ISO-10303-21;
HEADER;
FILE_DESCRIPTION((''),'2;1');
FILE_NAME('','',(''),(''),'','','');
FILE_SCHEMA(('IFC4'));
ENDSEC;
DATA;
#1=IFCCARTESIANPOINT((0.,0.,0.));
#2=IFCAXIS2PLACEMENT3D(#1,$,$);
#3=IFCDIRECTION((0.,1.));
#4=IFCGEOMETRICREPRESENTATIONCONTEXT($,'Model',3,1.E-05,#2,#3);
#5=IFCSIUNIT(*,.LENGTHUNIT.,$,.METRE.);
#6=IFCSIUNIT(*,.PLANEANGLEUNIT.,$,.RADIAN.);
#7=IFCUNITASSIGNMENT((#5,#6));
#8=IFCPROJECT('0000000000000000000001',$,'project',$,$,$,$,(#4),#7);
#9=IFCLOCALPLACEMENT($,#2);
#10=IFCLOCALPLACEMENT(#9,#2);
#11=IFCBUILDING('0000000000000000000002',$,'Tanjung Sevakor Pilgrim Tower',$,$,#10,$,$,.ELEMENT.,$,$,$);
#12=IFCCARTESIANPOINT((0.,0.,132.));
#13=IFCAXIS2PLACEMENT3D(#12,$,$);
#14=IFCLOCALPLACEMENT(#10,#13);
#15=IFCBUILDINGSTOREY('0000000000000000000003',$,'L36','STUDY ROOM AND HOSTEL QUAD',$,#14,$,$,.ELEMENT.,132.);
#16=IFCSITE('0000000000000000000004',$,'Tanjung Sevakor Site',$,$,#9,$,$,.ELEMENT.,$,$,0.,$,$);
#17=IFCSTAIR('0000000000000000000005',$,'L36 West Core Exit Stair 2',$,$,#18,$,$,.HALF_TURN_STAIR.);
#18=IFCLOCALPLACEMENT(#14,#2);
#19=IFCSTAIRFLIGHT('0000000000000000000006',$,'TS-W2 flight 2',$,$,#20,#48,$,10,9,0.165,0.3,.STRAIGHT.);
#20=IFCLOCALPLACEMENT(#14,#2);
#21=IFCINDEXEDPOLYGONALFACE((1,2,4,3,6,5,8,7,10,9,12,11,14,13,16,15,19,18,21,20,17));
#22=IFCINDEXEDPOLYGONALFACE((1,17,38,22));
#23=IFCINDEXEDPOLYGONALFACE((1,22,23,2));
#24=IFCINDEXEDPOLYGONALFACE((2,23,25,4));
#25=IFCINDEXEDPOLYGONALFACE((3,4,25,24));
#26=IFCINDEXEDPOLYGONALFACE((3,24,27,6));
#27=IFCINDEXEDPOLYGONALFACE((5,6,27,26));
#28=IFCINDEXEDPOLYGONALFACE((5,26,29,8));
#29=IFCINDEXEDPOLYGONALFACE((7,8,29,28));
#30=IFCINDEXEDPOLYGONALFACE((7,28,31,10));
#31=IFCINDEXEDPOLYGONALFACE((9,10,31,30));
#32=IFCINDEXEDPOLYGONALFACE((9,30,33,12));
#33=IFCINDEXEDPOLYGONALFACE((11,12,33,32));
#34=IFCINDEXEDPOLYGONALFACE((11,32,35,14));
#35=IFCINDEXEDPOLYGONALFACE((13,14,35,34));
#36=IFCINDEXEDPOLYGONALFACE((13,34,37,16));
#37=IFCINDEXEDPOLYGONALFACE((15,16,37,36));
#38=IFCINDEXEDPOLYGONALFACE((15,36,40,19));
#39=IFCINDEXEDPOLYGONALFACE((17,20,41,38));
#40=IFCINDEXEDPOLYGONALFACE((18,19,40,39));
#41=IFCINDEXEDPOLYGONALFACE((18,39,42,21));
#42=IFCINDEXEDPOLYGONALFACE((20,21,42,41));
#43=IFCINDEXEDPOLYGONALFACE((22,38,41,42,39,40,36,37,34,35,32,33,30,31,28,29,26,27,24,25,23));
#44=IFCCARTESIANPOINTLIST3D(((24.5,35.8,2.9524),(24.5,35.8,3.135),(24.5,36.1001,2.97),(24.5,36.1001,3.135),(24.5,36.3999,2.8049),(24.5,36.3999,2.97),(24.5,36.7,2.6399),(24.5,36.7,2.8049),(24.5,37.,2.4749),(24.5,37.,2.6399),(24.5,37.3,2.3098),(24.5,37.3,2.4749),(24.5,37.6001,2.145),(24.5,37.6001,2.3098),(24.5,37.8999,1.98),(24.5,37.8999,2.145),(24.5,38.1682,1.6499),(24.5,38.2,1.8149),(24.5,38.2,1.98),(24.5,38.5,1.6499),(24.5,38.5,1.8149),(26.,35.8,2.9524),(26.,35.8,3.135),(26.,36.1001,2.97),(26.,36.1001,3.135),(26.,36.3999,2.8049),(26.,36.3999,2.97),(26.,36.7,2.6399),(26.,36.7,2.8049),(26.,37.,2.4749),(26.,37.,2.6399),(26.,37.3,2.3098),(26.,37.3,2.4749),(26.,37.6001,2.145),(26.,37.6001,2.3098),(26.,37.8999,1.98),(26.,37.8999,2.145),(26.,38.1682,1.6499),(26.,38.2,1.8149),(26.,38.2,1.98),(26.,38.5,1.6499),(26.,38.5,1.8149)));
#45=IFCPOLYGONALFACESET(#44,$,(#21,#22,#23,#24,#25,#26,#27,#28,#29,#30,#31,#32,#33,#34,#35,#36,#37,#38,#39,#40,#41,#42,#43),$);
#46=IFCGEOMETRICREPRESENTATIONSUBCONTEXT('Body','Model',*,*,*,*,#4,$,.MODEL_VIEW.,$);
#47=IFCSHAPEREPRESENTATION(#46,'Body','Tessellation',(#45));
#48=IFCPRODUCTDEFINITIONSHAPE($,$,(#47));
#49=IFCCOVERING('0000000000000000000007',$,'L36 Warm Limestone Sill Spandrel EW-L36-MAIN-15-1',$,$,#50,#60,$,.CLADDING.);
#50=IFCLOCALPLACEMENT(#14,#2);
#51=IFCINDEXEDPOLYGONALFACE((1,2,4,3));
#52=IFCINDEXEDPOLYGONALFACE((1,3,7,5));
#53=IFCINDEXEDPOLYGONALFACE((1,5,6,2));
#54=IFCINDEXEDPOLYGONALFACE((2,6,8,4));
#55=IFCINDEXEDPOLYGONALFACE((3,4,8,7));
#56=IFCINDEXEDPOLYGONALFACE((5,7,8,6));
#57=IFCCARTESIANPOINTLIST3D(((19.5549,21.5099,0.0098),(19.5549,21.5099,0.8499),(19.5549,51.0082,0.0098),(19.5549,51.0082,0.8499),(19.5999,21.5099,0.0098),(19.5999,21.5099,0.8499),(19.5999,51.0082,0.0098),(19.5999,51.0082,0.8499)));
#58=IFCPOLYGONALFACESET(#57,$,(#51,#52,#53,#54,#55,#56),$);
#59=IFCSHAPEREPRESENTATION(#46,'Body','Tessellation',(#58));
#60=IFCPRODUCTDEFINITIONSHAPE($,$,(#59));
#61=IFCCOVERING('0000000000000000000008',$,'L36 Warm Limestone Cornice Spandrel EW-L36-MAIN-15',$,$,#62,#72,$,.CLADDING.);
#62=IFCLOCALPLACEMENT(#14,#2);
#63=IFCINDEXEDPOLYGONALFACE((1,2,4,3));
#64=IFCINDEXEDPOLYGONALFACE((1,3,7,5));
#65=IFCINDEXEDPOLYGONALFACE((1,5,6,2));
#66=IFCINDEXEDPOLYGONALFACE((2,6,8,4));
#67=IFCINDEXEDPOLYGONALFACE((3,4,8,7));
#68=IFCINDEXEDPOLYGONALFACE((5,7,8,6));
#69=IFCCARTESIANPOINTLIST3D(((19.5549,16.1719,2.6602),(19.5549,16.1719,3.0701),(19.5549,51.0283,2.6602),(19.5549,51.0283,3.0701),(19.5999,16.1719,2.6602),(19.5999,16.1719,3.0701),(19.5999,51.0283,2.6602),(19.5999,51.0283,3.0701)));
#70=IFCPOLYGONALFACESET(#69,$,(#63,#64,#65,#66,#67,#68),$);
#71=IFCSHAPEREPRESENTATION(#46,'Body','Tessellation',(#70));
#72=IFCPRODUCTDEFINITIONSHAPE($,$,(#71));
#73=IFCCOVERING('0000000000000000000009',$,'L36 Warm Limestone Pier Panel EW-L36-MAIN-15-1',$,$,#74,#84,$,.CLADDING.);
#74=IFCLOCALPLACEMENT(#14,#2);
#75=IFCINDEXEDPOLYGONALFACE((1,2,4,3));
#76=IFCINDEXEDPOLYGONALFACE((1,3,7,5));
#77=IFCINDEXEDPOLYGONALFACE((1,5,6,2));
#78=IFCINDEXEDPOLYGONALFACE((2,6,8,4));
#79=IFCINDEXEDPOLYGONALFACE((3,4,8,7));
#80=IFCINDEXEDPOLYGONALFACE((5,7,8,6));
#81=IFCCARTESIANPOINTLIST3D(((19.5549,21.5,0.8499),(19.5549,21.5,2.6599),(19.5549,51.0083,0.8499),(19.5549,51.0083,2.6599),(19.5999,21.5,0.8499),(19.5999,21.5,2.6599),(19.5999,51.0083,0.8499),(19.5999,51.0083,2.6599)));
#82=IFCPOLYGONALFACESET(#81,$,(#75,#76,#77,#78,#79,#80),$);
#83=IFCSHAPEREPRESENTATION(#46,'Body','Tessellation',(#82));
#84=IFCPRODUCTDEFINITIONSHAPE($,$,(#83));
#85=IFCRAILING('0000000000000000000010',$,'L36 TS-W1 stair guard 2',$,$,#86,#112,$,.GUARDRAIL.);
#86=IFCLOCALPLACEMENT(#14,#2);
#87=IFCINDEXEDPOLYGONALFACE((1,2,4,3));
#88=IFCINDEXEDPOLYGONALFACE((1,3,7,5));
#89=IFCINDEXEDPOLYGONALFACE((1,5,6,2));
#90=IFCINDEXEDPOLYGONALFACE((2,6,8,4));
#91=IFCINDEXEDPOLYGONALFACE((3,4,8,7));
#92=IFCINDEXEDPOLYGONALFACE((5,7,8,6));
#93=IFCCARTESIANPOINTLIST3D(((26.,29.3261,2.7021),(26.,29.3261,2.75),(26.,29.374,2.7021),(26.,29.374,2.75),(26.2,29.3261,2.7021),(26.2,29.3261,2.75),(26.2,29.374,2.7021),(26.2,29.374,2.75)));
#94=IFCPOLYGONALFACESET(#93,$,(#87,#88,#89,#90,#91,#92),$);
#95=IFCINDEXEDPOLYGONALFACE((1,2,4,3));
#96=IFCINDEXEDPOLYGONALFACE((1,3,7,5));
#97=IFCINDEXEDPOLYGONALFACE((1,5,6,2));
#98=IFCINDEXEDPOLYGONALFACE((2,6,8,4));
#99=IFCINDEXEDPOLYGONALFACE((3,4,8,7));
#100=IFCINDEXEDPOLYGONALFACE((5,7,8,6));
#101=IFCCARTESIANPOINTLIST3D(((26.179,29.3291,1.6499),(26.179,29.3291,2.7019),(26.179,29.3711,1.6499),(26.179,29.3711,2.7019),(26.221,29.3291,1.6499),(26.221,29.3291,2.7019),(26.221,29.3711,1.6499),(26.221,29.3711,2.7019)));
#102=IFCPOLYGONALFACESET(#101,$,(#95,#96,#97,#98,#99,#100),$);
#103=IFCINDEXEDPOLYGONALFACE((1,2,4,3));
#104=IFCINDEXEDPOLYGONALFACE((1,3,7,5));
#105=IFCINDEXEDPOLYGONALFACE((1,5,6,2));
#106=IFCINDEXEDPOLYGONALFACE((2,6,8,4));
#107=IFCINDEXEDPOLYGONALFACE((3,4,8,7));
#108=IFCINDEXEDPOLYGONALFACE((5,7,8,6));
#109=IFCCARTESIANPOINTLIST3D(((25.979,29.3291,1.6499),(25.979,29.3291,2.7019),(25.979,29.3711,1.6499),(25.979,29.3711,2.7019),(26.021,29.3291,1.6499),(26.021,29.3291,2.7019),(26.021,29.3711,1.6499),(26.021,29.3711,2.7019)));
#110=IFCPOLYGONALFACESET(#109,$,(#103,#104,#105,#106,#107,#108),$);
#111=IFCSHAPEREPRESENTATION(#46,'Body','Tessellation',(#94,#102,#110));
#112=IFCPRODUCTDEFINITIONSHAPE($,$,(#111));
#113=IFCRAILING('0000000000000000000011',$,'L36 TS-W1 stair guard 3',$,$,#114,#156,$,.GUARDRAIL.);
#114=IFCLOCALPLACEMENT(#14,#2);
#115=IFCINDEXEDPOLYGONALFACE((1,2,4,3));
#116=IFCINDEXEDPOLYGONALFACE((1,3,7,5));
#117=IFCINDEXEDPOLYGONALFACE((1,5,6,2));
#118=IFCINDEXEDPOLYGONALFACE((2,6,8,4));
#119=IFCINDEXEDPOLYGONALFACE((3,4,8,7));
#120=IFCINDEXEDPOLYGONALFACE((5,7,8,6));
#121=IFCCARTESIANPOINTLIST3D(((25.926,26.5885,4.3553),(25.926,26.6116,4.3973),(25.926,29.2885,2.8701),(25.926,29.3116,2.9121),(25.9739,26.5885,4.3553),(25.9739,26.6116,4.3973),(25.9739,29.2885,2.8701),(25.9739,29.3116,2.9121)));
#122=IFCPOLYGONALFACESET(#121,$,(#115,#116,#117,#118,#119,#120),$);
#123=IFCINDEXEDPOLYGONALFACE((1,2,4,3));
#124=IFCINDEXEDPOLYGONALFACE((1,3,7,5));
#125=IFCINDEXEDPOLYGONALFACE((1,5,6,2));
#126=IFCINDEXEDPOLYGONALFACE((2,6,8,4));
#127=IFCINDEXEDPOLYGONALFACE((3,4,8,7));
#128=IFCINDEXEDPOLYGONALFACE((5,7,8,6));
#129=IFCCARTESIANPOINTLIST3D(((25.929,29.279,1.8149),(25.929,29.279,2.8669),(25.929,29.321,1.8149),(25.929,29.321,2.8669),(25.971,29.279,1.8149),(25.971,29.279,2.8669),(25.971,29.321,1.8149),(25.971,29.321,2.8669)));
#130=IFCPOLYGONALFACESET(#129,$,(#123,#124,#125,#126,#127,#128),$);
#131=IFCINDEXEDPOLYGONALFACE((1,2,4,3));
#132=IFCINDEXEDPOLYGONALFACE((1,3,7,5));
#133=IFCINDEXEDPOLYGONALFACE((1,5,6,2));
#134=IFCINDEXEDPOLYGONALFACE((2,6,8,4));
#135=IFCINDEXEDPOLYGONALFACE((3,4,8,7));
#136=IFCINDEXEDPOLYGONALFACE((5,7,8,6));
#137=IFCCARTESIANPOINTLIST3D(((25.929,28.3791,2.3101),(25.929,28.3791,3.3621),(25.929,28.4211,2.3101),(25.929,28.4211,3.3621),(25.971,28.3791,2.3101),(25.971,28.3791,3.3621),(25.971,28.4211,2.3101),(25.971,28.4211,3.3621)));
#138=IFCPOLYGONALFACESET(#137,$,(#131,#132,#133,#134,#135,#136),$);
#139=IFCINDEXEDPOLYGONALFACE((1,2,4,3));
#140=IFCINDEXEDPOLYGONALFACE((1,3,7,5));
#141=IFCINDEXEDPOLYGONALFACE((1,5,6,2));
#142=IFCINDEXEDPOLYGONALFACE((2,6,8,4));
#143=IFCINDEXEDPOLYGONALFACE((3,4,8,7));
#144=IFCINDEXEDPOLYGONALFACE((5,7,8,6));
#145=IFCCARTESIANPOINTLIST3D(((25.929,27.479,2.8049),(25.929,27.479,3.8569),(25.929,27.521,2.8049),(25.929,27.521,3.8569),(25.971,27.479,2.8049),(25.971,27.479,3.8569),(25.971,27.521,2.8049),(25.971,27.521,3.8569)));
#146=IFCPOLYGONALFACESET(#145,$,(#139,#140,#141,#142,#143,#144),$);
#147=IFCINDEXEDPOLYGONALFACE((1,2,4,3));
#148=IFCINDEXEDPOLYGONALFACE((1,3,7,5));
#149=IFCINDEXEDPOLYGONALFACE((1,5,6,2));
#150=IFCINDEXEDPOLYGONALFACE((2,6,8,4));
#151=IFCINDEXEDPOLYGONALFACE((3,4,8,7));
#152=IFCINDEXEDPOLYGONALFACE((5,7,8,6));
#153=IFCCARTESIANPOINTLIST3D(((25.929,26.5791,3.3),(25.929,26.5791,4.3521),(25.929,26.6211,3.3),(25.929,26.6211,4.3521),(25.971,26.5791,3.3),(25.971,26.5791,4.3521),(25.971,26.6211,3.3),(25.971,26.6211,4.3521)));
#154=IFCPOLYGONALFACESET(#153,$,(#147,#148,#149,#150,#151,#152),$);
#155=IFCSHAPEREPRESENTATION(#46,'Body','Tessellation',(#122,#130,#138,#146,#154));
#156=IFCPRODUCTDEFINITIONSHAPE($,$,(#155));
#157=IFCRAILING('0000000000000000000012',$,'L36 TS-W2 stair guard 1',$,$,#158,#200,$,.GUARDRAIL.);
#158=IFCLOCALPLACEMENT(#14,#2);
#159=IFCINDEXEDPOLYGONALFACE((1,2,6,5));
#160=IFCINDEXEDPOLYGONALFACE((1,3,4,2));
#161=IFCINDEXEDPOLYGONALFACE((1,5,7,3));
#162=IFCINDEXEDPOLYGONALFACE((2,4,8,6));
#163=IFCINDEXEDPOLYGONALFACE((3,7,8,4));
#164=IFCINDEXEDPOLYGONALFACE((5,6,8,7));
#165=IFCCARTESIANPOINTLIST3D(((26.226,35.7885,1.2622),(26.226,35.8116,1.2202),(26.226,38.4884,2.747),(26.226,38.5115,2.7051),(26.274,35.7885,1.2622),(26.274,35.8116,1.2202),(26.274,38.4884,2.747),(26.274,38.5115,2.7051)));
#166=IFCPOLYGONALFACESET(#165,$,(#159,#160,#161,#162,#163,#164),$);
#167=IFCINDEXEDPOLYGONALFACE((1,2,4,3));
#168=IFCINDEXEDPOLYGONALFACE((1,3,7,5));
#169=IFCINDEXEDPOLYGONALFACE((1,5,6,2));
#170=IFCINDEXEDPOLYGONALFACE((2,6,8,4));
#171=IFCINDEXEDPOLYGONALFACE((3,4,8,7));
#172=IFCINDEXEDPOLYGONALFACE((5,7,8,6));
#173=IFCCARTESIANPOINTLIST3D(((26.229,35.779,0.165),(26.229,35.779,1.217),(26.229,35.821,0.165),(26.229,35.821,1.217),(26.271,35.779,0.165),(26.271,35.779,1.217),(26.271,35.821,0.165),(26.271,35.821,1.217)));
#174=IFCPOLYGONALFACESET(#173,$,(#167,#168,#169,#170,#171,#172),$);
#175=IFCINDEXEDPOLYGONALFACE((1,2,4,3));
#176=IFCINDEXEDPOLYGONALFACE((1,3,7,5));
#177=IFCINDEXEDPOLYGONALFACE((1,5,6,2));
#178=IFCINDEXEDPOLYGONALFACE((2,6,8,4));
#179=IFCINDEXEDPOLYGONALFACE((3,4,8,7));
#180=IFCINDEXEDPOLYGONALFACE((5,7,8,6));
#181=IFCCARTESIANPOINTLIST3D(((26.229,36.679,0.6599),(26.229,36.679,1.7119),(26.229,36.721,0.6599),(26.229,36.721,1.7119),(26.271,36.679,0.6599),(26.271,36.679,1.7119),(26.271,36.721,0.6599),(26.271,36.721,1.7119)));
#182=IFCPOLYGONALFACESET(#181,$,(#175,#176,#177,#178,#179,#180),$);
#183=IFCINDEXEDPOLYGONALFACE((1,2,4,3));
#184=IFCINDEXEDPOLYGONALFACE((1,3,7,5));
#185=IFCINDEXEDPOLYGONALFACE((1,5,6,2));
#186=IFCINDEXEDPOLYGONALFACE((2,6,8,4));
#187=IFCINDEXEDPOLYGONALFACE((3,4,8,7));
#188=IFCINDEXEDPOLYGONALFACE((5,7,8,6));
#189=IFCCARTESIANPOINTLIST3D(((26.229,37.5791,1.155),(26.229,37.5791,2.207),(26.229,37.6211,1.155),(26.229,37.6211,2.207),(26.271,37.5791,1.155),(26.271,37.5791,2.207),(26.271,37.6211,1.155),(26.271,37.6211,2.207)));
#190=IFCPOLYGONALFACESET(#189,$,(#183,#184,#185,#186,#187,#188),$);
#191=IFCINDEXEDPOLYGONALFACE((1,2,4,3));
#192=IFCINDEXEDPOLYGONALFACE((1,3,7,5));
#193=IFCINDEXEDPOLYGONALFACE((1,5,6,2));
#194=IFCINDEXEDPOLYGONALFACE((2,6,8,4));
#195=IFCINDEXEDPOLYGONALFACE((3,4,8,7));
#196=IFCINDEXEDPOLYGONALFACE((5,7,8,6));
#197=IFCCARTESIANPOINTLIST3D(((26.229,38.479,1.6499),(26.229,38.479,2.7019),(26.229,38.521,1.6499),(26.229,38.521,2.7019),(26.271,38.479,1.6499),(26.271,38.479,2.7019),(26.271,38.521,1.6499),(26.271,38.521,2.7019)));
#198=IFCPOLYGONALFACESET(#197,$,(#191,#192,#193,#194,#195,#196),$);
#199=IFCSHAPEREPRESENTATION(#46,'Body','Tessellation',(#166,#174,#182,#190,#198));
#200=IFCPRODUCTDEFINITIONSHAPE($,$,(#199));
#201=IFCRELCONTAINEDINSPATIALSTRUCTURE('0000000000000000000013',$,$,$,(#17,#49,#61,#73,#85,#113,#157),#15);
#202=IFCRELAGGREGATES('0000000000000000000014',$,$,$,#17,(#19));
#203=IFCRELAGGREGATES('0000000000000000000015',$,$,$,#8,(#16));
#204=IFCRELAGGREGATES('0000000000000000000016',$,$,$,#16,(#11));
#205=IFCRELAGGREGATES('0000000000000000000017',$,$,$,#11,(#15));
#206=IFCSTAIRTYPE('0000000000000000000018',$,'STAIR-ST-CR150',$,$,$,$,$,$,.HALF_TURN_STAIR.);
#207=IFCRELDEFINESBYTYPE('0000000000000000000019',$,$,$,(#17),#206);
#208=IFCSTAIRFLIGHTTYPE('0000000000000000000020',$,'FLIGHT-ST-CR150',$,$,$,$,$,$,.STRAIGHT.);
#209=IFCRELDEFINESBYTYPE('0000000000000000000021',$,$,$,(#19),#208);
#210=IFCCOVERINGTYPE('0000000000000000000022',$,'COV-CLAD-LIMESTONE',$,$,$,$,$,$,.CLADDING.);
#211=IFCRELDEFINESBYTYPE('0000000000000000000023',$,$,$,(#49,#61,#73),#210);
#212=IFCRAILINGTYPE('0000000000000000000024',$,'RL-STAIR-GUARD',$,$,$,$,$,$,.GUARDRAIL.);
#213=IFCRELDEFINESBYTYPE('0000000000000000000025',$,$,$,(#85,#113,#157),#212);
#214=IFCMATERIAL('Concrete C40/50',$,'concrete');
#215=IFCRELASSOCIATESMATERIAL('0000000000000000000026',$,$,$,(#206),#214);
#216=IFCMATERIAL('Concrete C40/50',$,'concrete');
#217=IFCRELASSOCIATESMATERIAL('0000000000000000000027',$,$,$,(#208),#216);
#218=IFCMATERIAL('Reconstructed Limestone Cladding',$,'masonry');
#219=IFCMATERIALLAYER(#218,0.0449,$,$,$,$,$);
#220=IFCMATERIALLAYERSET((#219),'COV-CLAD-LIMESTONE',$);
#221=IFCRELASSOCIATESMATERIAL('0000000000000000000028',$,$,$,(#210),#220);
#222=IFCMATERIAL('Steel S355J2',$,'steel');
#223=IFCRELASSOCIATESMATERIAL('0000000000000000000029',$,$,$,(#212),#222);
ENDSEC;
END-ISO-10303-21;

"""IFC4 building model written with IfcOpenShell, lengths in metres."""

from ifc_helpers import new_model, si_unit, direction, frame, origin, origin_2d, place, context, subcontext, project, spatial, polyline, rectangle, outline, extrude, material, layer, layer_set, type_object, element, aggregate, save


model = new_model("IFC4")

# Units and contexts
model_context = context("Model", 3, precision=1e-05, world=origin(), true_north=direction((0.0, 1.0)))
body_context = subcontext(model_context, "Body", "Model", "MODEL_VIEW")
ifc_project = project(units=[si_unit("LENGTHUNIT", "METRE"), si_unit("PLANEANGLEUNIT", "RADIAN")], contexts=[model_context])

# Site, building, storey
site_placement = place(None, origin())
site = spatial("IfcSite", under=ifc_project, at=site_placement, Name="Tanjung Sevakor Site", CompositionType="ELEMENT", RefElevation=0.0)
building_placement = place(site_placement, origin())
building = spatial("IfcBuilding", under=site, at=building_placement, Name="Tanjung Sevakor Pilgrim Tower", CompositionType="ELEMENT")
storey_placement = place(building_placement, frame((0.0, 0.0, 132.0)))
storey = spatial("IfcBuildingStorey", under=building, at=storey_placement, Name="L36", Description="STUDY ROOM AND HOSTEL QUAD", CompositionType="ELEMENT", Elevation=132.0)

# Shared definitions
ifc_material_1 = material(Name="Concrete C40/50", Category="concrete")
stair_type = type_object("IfcStairType", Name="STAIR-ST-CR150", PredefinedType="HALF_TURN_STAIR", material=ifc_material_1)
ifc_material_2 = material(Name="Concrete C40/50", Category="concrete")
stair_flight_type = type_object("IfcStairFlightType", Name="FLIGHT-ST-CR150", PredefinedType="STRAIGHT", material=ifc_material_2)

# Stair, stair flight
stair_1_placement = place(storey_placement, origin())
stair_1 = element("IfcStair", 1, at=stair_1_placement, inside=storey, type_object=stair_type, Name="L36 West Core Exit Stair 2", PredefinedType="HALF_TURN_STAIR")
stair_flight_1_placement = place(storey_placement, frame((25.25, 38.5, 1.6499), z_axis=(0.0, 0.0, 1.0), x_axis=(0.0, -1.0, 0.0)))
stair_flight_1 = element("IfcStairFlight", 2, at=stair_flight_1_placement, type_object=stair_flight_type, Name="TS-W2 flight 2", NumberOfRisers=10, NumberOfTreads=9, PredefinedType="STRAIGHT", RiserHeight=0.165, TreadLength=0.3, context=body_context, shape_type="SweptSolid", body=[
    extrude(outline(polyline([(0.0, 0.0), (0.0, 0.165), (0.3, 0.165), (0.3, 0.3301), (0.6001, 0.3301), (0.6001, 0.4951), (0.8999, 0.4951), (0.8999, 0.6599), (1.2, 0.6599), (1.2, 0.825), (1.5, 0.825), (1.5, 0.99), (1.8, 0.99), (1.8, 1.155), (2.1001, 1.155), (2.1001, 1.3201), (2.3999, 1.3201), (2.3999, 1.4851), (2.7, 1.4851), (2.7, 1.6499), (2.7, 1.3025), (0.3318, 0.0), (0.0, 0.0)])), frame((0.0, 0.75, 0.0), z_axis=(0.0, -1.0, 0.0), x_axis=(1.0, 0.0, 0.0)), (0.0, 0.0, 1.0), 1.5),
])
aggregate(stair_1, [stair_flight_1])

# Coverings
ifc_material_3 = material(Name="Reconstructed Limestone Cladding", Category="masonry")
ifc_layer_1 = layer(ifc_material_3, 0.0449)
ifc_layer_set_1 = layer_set([ifc_layer_1], Name="COV-CLAD-LIMESTONE")
covering_type = type_object("IfcCoveringType", Name="COV-CLAD-LIMESTONE", PredefinedType="CLADDING", material=ifc_layer_set_1)
covering_1_placement = place(storey_placement, frame((19.5774, 36.259, 0.0098), z_axis=(0.0, 0.0, 1.0), x_axis=(0.0, -1.0, 0.0)))
element("IfcCovering", 3, at=covering_1_placement, inside=storey, type_object=covering_type, Name="L36 Warm Limestone Sill Spandrel EW-L36-MAIN-15-1", PredefinedType="CLADDING", context=body_context, shape_type="SweptSolid", body=[
    extrude(rectangle(XDim=29.4983, YDim=0.0449, at=origin_2d()), origin(), (0.0, 0.0, 1.0), 0.8401),
])
covering_2_placement = place(storey_placement, frame((19.5774, 33.6001, 2.6602), z_axis=(0.0, 0.0, 1.0), x_axis=(0.0, -1.0, 0.0)))
element("IfcCovering", 4, at=covering_2_placement, inside=storey, type_object=covering_type, Name="L36 Warm Limestone Cornice Spandrel EW-L36-MAIN-15", PredefinedType="CLADDING", context=body_context, shape_type="SweptSolid", body=[
    extrude(rectangle(XDim=34.8564, YDim=0.0449, at=origin_2d()), origin(), (0.0, 0.0, 1.0), 0.4099),
])
covering_3_placement = place(storey_placement, frame((19.5774, 36.2542, 0.8499), z_axis=(0.0, 0.0, 1.0), x_axis=(0.0, -1.0, 0.0)))
element("IfcCovering", 5, at=covering_3_placement, inside=storey, type_object=covering_type, Name="L36 Warm Limestone Pier Panel EW-L36-MAIN-15-1", PredefinedType="CLADDING", context=body_context, shape_type="SweptSolid", body=[
    extrude(rectangle(XDim=29.5083, YDim=0.0449, at=origin_2d()), origin(), (0.0, 0.0, 1.0), 1.8101),
])

# Railings
ifc_material_4 = material(Name="Steel S355J2", Category="steel")
railing_type_1 = type_object("IfcRailingType", Name="RL-STAIR-GUARD", PredefinedType="GUARDRAIL", material=ifc_material_4)
railing_1_placement = place(storey_placement, frame((26.2, 29.3501, 1.6499)))
element("IfcRailing", 6, at=railing_1_placement, inside=storey, type_object=railing_type_1, Name="L36 TS-W1 stair guard 2", PredefinedType="GUARDRAIL", context=body_context, shape_type="SweptSolid", body=[
    extrude(rectangle(XDim=0.0479, YDim=0.0479), frame((0.0, 0.0, 1.0762), z_axis=(-1.0, 0.0, 0.0), x_axis=(0.0, -1.0, 0.0)), (0.0, 0.0, 1.0), 0.2),
    extrude(rectangle(XDim=0.042, YDim=0.042), origin(), (0.0, 0.0, 1.0), 1.052),
    extrude(rectangle(XDim=0.042, YDim=0.042), frame((-0.2, 0.0, 0.0)), (0.0, 0.0, 1.0), 1.052),
])
railing_2_placement = place(storey_placement, frame((25.95, 29.3, 1.8149)))
element("IfcRailing", 7, at=railing_2_placement, inside=storey, type_object=railing_type_1, Name="L36 TS-W1 stair guard 3", PredefinedType="GUARDRAIL", context=body_context, shape_type="SweptSolid", body=[
    extrude(rectangle(XDim=0.0479, YDim=0.0479), frame((0.0, 0.0, 1.0762), z_axis=(0.0, -0.876198, 0.481952), x_axis=(1.0, 0.0, 0.0)), (0.0, 0.0, 1.0), 3.0815),
    extrude(rectangle(XDim=0.042, YDim=0.042), origin(), (0.0, 0.0, 1.0), 1.052),
    extrude(rectangle(XDim=0.042, YDim=0.042), frame((0.0, -0.8999, 0.4951)), (0.0, 0.0, 1.0), 1.052),
    extrude(rectangle(XDim=0.042, YDim=0.042), frame((0.0, -1.8, 0.99)), (0.0, 0.0, 1.0), 1.052),
    extrude(rectangle(XDim=0.042, YDim=0.042), frame((0.0, -2.7, 1.4851)), (0.0, 0.0, 1.0), 1.052),
])
railing_3_placement = place(storey_placement, frame((26.25, 35.8, 0.165)))
element("IfcRailing", 8, at=railing_3_placement, inside=storey, type_object=railing_type_1, Name="L36 TS-W2 stair guard 1", PredefinedType="GUARDRAIL", context=body_context, shape_type="SweptSolid", body=[
    extrude(rectangle(XDim=0.0479, YDim=0.0479), frame((0.0, 0.0, 1.0762), z_axis=(0.0, 0.876231, 0.481891), x_axis=(-1.0, 0.0, 0.0)), (0.0, 0.0, 1.0), 3.0813),
    extrude(rectangle(XDim=0.042, YDim=0.042), origin(), (0.0, 0.0, 1.0), 1.052),
    extrude(rectangle(XDim=0.042, YDim=0.042), frame((0.0, 0.8999, 0.4949)), (0.0, 0.0, 1.0), 1.052),
    extrude(rectangle(XDim=0.042, YDim=0.042), frame((0.0, 1.8, 0.99)), (0.0, 0.0, 1.0), 1.052),
    extrude(rectangle(XDim=0.042, YDim=0.042), frame((0.0, 2.7, 1.4849)), (0.0, 0.0, 1.0), 1.052),
])

save(model, "model.ifc")
